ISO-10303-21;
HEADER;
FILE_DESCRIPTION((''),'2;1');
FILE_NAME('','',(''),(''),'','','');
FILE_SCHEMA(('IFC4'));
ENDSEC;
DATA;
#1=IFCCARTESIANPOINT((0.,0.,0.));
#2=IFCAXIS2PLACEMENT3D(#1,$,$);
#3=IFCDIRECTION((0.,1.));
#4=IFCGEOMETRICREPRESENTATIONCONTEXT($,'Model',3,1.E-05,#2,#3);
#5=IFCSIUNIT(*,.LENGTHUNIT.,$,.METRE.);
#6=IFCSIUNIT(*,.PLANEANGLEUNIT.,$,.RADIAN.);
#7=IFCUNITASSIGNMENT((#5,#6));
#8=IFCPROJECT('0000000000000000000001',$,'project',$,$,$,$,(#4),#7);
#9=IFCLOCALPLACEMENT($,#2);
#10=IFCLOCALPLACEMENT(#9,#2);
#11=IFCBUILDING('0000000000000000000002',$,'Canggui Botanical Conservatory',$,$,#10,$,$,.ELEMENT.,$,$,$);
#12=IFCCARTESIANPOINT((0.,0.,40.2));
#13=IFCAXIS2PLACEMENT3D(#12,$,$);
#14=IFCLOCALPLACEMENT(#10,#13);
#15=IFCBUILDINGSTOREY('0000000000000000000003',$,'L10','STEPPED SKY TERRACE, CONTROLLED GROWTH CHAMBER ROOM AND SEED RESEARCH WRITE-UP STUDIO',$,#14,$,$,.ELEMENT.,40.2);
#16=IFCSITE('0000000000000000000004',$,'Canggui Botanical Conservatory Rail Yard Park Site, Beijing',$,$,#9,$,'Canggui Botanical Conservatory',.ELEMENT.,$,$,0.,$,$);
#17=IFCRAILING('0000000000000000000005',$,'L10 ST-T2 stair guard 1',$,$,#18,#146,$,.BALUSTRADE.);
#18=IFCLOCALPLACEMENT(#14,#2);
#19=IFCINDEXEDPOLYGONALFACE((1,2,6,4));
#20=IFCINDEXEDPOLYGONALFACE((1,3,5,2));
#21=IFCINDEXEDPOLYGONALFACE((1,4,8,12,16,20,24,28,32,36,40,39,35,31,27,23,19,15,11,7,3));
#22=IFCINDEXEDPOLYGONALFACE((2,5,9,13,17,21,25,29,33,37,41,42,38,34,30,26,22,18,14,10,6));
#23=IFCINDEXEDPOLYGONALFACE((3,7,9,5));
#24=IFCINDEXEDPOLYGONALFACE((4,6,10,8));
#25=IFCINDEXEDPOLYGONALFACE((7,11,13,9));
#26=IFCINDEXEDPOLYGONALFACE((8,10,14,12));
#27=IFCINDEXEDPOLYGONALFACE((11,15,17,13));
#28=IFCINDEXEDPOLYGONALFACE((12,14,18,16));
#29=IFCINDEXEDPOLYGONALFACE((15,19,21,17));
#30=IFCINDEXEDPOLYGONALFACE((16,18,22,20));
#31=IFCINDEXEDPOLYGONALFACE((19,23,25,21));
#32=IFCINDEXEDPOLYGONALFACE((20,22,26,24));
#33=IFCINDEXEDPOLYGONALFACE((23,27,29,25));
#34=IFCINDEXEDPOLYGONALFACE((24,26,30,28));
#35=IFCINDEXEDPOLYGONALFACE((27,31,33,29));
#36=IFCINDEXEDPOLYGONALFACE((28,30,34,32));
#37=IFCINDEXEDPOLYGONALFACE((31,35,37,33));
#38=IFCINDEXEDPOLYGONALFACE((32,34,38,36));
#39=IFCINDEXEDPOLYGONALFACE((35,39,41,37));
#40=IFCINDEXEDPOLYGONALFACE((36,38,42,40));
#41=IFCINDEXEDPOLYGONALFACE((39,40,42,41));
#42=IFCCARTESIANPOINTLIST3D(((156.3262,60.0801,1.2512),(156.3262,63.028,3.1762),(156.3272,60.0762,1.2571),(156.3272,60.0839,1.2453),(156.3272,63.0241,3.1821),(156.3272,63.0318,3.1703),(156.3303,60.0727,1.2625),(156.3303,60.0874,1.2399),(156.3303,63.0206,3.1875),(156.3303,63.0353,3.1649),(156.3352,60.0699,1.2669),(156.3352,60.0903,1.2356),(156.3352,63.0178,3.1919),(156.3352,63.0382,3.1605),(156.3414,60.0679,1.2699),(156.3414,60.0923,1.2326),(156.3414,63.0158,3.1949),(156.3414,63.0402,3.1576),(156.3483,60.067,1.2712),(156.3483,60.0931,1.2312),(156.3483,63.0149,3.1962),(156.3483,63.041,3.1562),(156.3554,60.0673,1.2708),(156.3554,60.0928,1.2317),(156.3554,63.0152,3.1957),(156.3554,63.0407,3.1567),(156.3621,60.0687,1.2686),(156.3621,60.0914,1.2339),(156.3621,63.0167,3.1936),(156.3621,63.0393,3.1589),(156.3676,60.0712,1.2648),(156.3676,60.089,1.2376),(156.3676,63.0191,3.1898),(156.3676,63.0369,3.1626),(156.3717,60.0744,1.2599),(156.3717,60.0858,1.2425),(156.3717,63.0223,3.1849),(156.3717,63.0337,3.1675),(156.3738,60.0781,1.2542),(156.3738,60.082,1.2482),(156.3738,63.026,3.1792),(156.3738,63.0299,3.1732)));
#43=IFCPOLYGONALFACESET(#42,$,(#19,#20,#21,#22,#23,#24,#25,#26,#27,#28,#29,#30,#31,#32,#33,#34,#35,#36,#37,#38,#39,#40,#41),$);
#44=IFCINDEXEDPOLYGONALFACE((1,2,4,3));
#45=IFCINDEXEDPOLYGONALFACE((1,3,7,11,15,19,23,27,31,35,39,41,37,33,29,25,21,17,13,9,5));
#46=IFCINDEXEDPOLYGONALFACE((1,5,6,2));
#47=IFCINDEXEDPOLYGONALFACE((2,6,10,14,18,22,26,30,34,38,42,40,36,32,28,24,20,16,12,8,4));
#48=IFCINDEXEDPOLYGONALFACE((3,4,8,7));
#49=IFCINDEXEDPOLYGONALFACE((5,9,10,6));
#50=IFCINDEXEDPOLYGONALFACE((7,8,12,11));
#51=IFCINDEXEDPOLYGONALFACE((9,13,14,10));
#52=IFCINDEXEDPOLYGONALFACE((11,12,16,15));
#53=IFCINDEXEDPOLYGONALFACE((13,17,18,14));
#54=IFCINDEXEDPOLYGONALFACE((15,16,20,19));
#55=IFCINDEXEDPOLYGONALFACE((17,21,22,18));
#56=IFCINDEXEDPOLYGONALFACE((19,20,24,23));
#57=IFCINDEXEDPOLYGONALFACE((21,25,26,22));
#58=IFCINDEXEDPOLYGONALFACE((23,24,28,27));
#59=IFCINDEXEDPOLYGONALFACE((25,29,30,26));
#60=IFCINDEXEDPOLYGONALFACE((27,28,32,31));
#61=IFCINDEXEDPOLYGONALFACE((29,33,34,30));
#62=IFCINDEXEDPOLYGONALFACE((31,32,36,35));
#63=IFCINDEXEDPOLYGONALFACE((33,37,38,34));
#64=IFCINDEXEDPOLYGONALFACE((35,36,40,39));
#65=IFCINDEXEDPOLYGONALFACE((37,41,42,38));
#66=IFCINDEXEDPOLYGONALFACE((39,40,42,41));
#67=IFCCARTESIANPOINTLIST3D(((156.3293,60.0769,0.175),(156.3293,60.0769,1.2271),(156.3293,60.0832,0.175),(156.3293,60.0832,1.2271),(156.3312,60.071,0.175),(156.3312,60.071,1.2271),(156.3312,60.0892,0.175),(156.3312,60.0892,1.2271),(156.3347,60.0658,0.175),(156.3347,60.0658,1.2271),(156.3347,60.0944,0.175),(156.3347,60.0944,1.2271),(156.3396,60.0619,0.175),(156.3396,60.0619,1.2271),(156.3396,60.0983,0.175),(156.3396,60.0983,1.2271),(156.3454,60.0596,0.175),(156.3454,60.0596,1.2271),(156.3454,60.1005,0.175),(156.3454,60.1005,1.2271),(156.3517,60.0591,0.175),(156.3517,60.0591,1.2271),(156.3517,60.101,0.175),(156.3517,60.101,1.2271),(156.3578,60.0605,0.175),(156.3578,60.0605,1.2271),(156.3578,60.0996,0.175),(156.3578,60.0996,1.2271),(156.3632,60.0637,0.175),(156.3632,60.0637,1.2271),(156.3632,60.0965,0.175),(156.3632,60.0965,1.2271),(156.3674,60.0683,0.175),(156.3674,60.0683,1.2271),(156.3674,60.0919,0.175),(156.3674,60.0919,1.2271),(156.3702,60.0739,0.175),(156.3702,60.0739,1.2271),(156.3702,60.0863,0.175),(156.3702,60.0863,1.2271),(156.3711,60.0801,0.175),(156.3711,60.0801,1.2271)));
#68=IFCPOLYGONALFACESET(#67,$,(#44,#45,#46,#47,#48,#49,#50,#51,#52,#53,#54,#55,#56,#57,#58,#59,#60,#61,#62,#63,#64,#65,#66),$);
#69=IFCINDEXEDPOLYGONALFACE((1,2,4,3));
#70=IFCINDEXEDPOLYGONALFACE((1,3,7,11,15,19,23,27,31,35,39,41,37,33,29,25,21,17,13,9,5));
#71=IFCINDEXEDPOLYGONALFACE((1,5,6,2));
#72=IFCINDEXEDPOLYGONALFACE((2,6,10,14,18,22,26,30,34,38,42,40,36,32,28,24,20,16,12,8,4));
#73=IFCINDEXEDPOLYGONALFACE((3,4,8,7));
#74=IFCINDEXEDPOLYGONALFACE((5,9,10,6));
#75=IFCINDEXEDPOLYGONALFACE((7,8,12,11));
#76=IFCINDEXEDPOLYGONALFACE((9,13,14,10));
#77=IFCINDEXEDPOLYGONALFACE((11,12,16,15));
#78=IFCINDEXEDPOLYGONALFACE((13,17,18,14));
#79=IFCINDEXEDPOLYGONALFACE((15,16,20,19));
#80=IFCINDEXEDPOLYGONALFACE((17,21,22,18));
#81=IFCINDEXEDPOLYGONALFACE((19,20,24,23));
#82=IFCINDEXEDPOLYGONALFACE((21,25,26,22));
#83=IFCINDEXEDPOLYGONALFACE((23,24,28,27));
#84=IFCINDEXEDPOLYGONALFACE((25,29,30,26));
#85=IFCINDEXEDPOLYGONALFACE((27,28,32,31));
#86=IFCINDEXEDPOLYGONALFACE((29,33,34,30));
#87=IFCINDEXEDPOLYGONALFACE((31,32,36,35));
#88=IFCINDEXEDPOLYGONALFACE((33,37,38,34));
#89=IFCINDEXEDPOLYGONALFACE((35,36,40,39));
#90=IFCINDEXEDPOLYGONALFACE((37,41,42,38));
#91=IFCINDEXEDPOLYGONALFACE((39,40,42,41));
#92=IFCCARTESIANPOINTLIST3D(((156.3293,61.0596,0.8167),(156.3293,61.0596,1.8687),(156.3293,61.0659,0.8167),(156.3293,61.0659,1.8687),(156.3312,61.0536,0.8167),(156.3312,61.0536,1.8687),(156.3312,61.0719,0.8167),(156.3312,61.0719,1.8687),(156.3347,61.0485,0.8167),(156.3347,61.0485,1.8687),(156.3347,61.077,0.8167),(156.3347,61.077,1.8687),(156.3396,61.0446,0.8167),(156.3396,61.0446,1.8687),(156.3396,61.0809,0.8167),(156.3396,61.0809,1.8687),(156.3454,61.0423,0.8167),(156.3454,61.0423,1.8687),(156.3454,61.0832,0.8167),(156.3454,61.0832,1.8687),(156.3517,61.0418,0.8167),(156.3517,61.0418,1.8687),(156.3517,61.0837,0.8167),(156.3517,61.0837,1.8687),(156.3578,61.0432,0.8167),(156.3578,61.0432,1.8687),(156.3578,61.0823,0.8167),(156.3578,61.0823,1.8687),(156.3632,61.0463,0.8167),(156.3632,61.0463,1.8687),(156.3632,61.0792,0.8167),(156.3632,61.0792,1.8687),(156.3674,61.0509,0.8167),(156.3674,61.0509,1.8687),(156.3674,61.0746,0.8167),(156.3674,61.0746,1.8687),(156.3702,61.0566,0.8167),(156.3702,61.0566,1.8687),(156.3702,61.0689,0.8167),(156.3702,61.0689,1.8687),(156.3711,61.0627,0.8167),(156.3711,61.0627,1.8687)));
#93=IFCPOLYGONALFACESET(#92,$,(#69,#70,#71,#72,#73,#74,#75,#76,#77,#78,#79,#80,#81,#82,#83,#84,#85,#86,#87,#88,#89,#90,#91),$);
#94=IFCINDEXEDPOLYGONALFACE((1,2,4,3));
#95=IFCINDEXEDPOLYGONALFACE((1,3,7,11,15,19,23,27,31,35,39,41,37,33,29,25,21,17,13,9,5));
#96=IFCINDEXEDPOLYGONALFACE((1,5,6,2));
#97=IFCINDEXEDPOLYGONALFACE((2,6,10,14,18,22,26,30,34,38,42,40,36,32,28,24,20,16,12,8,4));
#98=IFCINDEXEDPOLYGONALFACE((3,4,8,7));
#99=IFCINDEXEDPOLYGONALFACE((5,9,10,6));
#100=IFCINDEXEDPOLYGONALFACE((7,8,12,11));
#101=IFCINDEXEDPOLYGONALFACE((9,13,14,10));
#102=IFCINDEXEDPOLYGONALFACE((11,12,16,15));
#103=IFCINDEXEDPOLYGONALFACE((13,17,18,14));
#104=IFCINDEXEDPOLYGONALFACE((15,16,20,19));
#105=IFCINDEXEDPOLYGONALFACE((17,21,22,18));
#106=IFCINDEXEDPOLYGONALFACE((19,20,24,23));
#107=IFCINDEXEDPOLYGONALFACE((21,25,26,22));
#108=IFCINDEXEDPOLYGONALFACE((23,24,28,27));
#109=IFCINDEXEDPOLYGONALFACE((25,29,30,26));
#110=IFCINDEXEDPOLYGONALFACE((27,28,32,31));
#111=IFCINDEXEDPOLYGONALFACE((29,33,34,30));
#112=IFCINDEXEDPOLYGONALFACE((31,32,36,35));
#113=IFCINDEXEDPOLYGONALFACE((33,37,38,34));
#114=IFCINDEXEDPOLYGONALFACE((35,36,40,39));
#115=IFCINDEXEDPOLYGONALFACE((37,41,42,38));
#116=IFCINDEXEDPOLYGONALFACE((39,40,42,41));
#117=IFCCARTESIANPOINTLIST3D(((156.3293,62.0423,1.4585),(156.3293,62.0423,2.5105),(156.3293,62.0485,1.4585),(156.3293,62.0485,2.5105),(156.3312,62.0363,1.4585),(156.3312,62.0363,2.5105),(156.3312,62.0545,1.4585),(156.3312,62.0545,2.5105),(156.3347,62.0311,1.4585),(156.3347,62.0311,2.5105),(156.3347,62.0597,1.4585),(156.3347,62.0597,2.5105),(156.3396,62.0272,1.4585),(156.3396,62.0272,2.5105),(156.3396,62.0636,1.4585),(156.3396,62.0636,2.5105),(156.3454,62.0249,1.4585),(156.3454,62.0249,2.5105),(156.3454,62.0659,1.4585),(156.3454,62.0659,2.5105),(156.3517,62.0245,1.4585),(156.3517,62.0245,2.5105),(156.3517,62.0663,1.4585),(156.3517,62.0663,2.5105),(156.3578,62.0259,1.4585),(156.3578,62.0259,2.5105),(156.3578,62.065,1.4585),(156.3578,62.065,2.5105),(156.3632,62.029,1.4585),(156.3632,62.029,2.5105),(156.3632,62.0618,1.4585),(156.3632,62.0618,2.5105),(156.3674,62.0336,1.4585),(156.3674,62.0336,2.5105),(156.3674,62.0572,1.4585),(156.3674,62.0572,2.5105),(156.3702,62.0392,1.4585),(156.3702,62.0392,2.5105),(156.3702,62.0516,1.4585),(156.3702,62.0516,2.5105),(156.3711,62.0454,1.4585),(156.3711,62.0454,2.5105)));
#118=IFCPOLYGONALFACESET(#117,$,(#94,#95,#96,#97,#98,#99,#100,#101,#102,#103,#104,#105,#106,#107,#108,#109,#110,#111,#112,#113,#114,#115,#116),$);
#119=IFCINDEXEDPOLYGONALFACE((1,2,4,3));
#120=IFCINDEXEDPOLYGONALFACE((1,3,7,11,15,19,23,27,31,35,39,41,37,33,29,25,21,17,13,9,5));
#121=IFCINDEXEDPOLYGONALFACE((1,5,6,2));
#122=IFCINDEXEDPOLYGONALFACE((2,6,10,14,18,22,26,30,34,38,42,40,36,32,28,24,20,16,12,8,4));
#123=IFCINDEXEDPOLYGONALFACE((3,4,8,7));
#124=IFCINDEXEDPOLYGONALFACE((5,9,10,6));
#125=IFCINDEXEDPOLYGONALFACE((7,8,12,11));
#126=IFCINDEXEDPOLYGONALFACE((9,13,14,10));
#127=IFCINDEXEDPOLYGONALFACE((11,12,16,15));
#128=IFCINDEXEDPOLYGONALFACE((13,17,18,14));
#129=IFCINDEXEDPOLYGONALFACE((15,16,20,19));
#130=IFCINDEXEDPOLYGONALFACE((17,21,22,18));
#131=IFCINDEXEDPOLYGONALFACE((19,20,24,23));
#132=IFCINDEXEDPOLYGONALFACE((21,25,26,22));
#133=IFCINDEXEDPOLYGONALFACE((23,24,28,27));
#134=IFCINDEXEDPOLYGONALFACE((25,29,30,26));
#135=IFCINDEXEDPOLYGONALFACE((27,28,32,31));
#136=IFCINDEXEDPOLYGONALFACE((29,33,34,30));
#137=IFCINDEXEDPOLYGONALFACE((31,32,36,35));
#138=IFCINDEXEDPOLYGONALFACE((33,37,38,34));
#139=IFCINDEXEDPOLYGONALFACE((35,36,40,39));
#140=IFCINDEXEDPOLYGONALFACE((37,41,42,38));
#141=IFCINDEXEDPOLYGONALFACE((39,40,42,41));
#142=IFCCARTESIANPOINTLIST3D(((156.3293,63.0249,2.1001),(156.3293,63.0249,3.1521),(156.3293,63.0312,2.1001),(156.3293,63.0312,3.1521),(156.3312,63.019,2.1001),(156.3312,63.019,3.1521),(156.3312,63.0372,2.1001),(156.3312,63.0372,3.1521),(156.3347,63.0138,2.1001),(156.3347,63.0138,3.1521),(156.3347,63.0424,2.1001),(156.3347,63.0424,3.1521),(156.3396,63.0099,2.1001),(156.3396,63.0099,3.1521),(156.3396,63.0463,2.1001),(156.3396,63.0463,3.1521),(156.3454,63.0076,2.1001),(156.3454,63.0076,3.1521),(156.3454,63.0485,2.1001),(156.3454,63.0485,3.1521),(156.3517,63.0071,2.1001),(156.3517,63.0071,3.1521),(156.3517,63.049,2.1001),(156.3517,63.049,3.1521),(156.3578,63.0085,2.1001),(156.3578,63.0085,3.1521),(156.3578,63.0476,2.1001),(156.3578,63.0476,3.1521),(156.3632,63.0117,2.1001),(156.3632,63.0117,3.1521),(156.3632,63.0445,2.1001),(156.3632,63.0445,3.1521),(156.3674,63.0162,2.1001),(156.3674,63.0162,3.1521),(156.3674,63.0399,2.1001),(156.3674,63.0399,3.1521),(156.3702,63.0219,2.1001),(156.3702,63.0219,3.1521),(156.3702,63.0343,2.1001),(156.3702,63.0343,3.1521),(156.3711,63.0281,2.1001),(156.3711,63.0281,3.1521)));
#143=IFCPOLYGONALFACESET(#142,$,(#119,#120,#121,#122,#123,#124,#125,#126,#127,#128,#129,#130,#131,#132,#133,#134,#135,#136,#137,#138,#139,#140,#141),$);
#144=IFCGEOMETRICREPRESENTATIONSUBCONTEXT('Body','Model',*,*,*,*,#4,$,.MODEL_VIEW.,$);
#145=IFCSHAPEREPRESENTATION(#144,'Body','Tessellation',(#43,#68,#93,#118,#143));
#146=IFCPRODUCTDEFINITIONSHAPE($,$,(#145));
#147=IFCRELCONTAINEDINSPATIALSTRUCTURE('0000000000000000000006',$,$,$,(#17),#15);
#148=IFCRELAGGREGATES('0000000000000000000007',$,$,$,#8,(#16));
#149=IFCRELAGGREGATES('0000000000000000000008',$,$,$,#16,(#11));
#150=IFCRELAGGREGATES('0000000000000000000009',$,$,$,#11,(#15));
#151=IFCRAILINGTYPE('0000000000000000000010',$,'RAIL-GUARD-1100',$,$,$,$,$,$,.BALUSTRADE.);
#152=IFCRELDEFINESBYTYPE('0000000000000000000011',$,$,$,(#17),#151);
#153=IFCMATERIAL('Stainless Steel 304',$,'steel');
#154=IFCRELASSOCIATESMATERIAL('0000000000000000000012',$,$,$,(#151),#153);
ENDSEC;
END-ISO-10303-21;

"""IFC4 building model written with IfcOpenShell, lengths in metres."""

from ifc_helpers import new_model, si_unit, direction, frame, origin, origin_2d, place, context, subcontext, project, spatial, circle, extrude, material, type_object, element, save


model = new_model("IFC4")

# Units and contexts
model_context = context("Model", 3, precision=1e-05, world=origin(), true_north=direction((0.0, 1.0)))
body_context = subcontext(model_context, "Body", "Model", "MODEL_VIEW")
ifc_project = project(units=[si_unit("LENGTHUNIT", "METRE"), si_unit("PLANEANGLEUNIT", "RADIAN")], contexts=[model_context])

# Site, building, storey
site_placement = place(None, origin())
site = spatial("IfcSite", under=ifc_project, at=site_placement, Name="Canggui Botanical Conservatory Rail Yard Park Site, Beijing", LongName="Canggui Botanical Conservatory", CompositionType="ELEMENT", RefElevation=0.0)
building_placement = place(site_placement, origin())
building = spatial("IfcBuilding", under=site, at=building_placement, Name="Canggui Botanical Conservatory", CompositionType="ELEMENT")
storey_placement = place(building_placement, frame((0.0, 0.0, 40.2)))
storey = spatial("IfcBuildingStorey", under=building, at=storey_placement, Name="L10", Description="STEPPED SKY TERRACE, CONTROLLED GROWTH CHAMBER ROOM AND SEED RESEARCH WRITE-UP STUDIO", CompositionType="ELEMENT", Elevation=40.2)

# Shared definitions
ifc_material_1 = material(Name="Stainless Steel 304", Category="steel")

# Railing
railing_type = type_object("IfcRailingType", Name="RAIL-GUARD-1100", PredefinedType="BALUSTRADE", material=ifc_material_1)
railing_1_placement = place(storey_placement, frame((156.3501, 60.0801, 0.175)))
element("IfcRailing", 1, at=railing_1_placement, inside=storey, type_object=railing_type, Name="L10 ST-T2 stair guard 1", PredefinedType="BALUSTRADE", context=body_context, shape_type="SweptSolid", body=[
    extrude(circle(Radius=0.0239, at=origin_2d()), frame((0.0, 0.0, 1.0762), z_axis=(0.0, 0.837293, 0.546754), x_axis=(-1.0, 0.0, 0.0)), (0.0, 0.0, 1.0), 3.5208),
    extrude(circle(Radius=0.021, at=origin_2d()), origin(), (0.0, 0.0, 1.0), 1.052),
    extrude(circle(Radius=0.021, at=origin_2d()), frame((0.0, 0.9827, 0.6416)), (0.0, 0.0, 1.0), 1.052),
    extrude(circle(Radius=0.021, at=origin_2d()), frame((0.0, 1.9653, 1.2834)), (0.0, 0.0, 1.0), 1.052),
    extrude(circle(Radius=0.021, at=origin_2d()), frame((0.0, 2.948, 1.925)), (0.0, 0.0, 1.0), 1.052),
])

save(model, "model.ifc")
